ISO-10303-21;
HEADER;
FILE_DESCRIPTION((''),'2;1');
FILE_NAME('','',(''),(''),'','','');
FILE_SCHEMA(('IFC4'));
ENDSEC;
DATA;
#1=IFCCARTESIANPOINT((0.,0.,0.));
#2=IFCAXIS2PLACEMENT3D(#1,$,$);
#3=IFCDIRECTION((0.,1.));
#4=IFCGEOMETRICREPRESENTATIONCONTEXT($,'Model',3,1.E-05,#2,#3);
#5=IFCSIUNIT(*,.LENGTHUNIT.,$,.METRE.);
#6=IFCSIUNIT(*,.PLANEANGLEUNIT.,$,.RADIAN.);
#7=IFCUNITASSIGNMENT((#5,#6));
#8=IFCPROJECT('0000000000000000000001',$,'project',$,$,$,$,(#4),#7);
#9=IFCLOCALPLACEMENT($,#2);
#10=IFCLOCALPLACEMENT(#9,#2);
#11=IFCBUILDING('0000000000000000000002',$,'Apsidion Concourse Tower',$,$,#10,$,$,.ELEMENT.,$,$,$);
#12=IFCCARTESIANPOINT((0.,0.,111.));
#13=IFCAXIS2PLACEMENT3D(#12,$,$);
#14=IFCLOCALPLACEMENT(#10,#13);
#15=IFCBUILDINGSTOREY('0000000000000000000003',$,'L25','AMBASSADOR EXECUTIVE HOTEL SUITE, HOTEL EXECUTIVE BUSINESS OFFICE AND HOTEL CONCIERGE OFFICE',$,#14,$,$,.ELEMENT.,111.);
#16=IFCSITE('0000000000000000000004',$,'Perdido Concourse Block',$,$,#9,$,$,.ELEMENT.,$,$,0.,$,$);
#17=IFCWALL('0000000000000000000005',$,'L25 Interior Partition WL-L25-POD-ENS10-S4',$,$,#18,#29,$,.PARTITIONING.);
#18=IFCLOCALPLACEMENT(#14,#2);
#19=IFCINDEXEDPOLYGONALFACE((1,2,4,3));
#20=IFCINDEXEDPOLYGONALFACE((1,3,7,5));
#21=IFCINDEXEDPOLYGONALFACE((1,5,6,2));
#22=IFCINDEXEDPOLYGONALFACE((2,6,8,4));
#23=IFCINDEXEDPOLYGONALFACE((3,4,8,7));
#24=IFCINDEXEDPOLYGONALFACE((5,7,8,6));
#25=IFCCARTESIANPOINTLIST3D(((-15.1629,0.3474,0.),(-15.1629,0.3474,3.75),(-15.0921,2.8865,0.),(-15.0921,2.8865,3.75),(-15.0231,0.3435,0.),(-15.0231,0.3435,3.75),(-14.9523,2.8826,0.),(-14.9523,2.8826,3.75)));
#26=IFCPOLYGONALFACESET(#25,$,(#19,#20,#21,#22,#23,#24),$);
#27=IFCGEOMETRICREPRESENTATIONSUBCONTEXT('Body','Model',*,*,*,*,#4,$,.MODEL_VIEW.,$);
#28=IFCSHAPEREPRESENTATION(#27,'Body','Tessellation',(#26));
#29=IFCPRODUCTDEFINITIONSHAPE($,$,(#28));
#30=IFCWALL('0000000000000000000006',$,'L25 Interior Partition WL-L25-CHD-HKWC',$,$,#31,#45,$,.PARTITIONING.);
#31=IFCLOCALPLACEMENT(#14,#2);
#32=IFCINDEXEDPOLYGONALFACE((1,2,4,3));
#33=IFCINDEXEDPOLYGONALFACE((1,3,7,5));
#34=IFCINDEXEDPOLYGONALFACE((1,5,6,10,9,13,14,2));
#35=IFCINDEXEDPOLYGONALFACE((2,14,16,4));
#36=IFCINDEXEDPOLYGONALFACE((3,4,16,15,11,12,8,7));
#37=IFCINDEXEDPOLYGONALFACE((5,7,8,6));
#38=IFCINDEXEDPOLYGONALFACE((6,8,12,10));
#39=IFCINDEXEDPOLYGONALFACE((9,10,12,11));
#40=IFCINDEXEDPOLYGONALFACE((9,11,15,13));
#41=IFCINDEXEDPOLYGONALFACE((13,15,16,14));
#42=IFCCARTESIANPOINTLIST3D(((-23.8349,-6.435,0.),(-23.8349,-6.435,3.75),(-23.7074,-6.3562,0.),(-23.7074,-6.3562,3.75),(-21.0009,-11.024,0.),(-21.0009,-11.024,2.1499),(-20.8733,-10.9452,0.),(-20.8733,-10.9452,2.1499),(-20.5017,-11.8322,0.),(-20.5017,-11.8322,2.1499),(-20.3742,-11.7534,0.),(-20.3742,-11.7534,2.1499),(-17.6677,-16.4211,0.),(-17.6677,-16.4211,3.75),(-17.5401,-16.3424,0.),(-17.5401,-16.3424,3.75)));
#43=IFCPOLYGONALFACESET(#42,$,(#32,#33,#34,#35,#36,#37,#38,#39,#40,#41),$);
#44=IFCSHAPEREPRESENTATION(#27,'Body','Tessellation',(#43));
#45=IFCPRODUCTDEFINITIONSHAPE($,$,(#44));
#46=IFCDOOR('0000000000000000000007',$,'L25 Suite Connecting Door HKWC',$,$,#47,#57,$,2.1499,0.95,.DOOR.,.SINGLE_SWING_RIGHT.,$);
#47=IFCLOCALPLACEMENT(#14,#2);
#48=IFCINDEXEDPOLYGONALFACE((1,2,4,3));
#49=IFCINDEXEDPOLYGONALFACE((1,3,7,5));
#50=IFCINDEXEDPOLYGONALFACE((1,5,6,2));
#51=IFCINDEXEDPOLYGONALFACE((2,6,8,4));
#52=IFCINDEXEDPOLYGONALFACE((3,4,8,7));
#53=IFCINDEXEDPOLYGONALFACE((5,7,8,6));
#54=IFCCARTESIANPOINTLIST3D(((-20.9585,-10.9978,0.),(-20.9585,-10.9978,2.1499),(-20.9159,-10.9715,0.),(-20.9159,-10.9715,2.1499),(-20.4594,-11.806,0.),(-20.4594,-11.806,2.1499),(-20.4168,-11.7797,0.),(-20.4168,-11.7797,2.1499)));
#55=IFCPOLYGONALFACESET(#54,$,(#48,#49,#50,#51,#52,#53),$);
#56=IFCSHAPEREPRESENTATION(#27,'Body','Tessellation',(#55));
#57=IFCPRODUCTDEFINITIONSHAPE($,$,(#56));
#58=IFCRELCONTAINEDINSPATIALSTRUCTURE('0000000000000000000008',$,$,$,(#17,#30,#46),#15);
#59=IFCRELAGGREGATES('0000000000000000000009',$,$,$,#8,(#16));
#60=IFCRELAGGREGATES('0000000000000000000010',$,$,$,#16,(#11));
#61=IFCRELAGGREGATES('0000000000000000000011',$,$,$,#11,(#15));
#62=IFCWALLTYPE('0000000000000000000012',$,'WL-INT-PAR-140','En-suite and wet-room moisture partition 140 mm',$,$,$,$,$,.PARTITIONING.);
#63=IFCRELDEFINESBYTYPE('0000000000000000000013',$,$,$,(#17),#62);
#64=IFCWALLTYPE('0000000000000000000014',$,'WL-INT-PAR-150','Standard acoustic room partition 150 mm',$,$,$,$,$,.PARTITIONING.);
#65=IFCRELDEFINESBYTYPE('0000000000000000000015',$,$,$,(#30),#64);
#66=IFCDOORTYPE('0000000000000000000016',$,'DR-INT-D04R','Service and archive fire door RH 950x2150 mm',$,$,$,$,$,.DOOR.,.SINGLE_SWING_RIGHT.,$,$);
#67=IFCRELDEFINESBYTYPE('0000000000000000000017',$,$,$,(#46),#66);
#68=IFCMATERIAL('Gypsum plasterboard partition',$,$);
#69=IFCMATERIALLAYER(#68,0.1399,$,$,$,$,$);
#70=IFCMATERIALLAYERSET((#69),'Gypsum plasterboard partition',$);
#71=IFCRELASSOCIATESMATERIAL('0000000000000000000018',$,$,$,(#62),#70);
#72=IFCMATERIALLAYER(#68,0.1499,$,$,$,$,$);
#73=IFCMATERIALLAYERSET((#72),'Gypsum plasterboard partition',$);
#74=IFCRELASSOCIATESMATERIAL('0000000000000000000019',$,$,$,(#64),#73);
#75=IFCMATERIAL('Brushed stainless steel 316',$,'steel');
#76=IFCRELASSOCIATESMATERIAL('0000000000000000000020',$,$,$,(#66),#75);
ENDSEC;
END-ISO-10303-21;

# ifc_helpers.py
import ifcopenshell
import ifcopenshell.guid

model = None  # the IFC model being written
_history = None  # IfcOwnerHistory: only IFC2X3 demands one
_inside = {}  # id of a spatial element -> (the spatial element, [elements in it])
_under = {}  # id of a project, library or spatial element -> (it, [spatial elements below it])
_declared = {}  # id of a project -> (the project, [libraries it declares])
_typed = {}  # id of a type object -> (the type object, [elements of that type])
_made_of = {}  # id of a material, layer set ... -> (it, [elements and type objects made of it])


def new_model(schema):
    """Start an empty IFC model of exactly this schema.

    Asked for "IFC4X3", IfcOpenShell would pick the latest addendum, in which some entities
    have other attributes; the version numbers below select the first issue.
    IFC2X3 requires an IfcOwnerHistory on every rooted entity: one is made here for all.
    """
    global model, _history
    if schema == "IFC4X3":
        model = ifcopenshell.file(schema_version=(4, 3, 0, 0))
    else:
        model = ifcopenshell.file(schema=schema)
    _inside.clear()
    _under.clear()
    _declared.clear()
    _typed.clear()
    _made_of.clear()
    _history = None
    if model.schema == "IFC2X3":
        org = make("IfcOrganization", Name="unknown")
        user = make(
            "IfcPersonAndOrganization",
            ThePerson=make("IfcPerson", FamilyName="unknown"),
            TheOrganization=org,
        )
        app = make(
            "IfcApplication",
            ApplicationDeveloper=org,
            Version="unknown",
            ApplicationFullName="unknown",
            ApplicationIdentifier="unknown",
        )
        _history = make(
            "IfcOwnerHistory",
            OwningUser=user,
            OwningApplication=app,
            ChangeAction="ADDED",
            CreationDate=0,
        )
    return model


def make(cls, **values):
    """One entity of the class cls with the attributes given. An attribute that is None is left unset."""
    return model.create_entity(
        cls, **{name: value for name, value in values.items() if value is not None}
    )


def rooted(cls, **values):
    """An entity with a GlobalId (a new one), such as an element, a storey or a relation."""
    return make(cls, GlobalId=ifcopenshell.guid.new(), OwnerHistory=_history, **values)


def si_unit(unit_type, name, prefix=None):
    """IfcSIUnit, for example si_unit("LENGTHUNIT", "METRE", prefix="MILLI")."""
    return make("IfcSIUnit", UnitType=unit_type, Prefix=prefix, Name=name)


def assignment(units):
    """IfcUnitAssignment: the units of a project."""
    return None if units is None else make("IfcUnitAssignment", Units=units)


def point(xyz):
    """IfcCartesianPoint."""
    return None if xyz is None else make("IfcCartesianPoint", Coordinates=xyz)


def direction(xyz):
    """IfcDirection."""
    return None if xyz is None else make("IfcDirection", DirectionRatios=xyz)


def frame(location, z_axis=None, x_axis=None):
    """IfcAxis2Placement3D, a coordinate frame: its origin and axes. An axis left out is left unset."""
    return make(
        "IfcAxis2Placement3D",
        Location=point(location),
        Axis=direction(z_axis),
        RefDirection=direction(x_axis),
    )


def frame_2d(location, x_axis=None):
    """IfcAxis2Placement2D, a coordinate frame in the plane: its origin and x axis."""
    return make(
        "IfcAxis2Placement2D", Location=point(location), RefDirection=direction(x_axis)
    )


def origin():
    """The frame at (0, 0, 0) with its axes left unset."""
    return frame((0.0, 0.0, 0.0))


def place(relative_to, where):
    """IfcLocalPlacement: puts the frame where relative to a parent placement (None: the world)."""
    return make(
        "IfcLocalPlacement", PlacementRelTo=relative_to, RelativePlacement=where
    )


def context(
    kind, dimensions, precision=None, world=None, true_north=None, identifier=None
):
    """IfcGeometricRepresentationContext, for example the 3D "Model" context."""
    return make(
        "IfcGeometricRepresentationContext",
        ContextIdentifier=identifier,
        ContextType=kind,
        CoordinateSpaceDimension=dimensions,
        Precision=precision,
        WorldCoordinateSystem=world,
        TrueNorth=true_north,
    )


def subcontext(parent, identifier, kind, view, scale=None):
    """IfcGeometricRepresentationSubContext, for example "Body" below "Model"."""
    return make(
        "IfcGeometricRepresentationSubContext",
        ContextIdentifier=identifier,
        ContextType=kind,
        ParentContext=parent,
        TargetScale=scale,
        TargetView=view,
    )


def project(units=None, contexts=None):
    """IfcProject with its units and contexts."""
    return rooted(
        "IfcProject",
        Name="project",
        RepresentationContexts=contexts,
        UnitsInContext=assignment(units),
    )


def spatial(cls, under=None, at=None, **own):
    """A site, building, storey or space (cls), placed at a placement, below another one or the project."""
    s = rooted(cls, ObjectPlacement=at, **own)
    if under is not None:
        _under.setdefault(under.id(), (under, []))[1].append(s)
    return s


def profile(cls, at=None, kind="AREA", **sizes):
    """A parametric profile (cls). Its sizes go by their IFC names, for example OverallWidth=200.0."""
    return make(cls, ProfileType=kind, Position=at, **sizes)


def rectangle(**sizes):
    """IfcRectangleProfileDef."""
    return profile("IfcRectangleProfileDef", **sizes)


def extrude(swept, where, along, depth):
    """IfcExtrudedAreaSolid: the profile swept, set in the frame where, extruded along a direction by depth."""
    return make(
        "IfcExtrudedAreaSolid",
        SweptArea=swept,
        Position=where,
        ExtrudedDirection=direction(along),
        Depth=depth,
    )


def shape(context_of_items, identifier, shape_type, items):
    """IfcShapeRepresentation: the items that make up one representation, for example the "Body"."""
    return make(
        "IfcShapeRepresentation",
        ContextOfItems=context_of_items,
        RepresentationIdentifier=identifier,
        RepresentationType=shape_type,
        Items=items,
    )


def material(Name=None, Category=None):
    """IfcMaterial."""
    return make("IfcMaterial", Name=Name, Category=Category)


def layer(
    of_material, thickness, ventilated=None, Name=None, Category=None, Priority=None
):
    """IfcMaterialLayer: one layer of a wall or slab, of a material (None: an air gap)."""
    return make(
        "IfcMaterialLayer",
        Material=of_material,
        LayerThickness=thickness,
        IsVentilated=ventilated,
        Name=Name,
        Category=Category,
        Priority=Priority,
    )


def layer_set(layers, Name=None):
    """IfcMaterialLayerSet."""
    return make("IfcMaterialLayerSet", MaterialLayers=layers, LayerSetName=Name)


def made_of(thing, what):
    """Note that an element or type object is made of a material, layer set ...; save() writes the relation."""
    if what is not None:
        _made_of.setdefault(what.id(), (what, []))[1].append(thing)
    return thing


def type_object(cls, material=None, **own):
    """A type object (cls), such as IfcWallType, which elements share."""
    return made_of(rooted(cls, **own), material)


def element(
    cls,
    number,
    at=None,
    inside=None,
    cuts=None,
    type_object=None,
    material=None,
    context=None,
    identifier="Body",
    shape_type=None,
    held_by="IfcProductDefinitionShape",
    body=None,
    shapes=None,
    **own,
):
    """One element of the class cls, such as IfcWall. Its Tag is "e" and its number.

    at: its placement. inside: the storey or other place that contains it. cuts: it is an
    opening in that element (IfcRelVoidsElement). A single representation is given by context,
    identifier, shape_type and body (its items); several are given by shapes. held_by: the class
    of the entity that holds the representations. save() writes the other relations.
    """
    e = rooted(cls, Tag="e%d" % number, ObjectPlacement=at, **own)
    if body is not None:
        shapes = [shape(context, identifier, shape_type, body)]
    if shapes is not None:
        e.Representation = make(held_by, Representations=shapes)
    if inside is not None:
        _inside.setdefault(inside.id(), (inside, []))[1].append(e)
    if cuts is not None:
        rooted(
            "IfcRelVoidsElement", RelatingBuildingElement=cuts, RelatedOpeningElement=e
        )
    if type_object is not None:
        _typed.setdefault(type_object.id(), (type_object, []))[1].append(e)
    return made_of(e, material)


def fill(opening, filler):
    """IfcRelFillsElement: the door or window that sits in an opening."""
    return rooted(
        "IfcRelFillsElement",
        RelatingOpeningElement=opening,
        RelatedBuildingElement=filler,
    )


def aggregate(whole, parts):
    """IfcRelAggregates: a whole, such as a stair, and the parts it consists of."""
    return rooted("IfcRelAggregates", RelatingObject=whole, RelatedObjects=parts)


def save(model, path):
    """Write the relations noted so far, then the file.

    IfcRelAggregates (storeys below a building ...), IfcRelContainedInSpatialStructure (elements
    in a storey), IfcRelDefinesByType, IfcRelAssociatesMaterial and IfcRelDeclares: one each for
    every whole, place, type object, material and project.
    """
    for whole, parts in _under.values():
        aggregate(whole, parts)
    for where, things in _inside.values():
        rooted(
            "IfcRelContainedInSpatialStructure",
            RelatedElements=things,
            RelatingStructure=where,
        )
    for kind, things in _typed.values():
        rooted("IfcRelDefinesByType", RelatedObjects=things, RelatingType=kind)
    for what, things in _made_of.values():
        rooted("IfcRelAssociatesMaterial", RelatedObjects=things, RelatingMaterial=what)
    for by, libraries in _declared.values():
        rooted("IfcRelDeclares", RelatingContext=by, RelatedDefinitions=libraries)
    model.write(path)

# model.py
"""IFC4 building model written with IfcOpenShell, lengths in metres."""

from ifc_helpers import new_model, si_unit, direction, frame, frame_2d, origin, place, context, subcontext, project, spatial, rectangle, extrude, material, layer, layer_set, type_object, element, fill, save


model = new_model("IFC4")

# Units and contexts
model_context = context("Model", 3, precision=1e-05, world=origin(), true_north=direction((0.0, 1.0)))
body_context = subcontext(model_context, "Body", "Model", "MODEL_VIEW")
ifc_project = project(units=[si_unit("LENGTHUNIT", "METRE"), si_unit("PLANEANGLEUNIT", "RADIAN")], contexts=[model_context])

# Site, building, storey
site_placement = place(None, origin())
site = spatial("IfcSite", under=ifc_project, at=site_placement, Name="Perdido Concourse Block", CompositionType="ELEMENT", RefElevation=0.0)
building_placement = place(site_placement, origin())
building = spatial("IfcBuilding", under=site, at=building_placement, Name="Apsidion Concourse Tower", CompositionType="ELEMENT")
storey_placement = place(building_placement, frame((0.0, 0.0, 111.0)))
storey = spatial("IfcBuildingStorey", under=building, at=storey_placement, Name="L25", Description="AMBASSADOR EXECUTIVE HOTEL SUITE, HOTEL EXECUTIVE BUSINESS OFFICE AND HOTEL CONCIERGE OFFICE", CompositionType="ELEMENT", Elevation=111.0)

# Shared definitions
ifc_material_1 = material(Name="Gypsum plasterboard partition")
ifc_layer_1 = layer(ifc_material_1, 0.1399)
ifc_layer_set_1 = layer_set([ifc_layer_1], Name="Gypsum plasterboard partition")
wall_type_1 = type_object("IfcWallType", Name="WL-INT-PAR-140", Description="En-suite and wet-room moisture partition 140 mm", PredefinedType="PARTITIONING", material=ifc_layer_set_1)

# Wall
wall_1_placement = place(storey_placement, frame((-15.093, 0.3455, 0.0), z_axis=(0.0, 0.0, 1.0), x_axis=(0.027874, 0.999611, 0.0)))
element("IfcWall", 1, at=wall_1_placement, inside=storey, type_object=wall_type_1, Name="L25 Interior Partition WL-L25-POD-ENS10-S4", PredefinedType="PARTITIONING", context=body_context, shape_type="SweptSolid", body=[
    extrude(rectangle(XDim=2.54, YDim=0.1399, at=frame_2d((1.27, 0.0))), origin(), (0.0, 0.0, 1.0), 3.75),
])

# Wall, opening, door
ifc_layer_2 = layer(ifc_material_1, 0.1499)
ifc_layer_set_2 = layer_set([ifc_layer_2], Name="Gypsum plasterboard partition")
wall_type_2 = type_object("IfcWallType", Name="WL-INT-PAR-150", Description="Standard acoustic room partition 150 mm", PredefinedType="PARTITIONING", material=ifc_layer_set_2)
wall_2_placement = place(storey_placement, frame((-23.7712, -6.3955, 0.0), z_axis=(0.0, 0.0, 1.0), x_axis=(0.525453, -0.850822, 0.0)))
wall_2 = element("IfcWall", 2, at=wall_2_placement, inside=storey, type_object=wall_type_2, Name="L25 Interior Partition WL-L25-CHD-HKWC", PredefinedType="PARTITIONING", context=body_context, shape_type="SweptSolid", body=[
    extrude(rectangle(XDim=11.7371, YDim=0.1499, at=frame_2d((5.8687, 0.0))), origin(), (0.0, 0.0, 1.0), 3.75),
])
opening_1_placement = place(wall_2_placement, frame((5.3936, 0.0, 0.0)))
opening_1 = element("IfcOpeningElement", 3, at=opening_1_placement, cuts=wall_2, PredefinedType="OPENING", context=body_context, shape_type="SweptSolid", body=[
    extrude(rectangle(XDim=0.95, YDim=2.1499, at=frame_2d((0.4751, 1.075))), frame((0.0, 0.085, 0.0), z_axis=(0.0, -1.0, 0.0), x_axis=(1.0, 0.0, 0.0)), (0.0, 0.0, 1.0), 0.1699),
])
ifc_material_2 = material(Name="Brushed stainless steel 316", Category="steel")
door_type_1 = type_object("IfcDoorType", Name="DR-INT-D04R", Description="Service and archive fire door RH 950x2150 mm", OperationType="SINGLE_SWING_RIGHT", PredefinedType="DOOR", material=ifc_material_2)
door_1_placement = place(opening_1_placement, origin())
door_1 = element("IfcDoor", 4, at=door_1_placement, inside=storey, type_object=door_type_1, Name="L25 Suite Connecting Door HKWC", OperationType="SINGLE_SWING_RIGHT", OverallHeight=2.1499, OverallWidth=0.95, PredefinedType="DOOR", context=body_context, shape_type="SweptSolid", body=[
    extrude(rectangle(XDim=0.95, YDim=2.1499, at=frame_2d((0.4751, 1.075))), frame((0.0, 0.0249, 0.0), z_axis=(0.0, -1.0, 0.0), x_axis=(1.0, 0.0, 0.0)), (0.0, 0.0, 1.0), 0.05),
])
fill(opening_1, door_1)

save(model, "model.ifc")
